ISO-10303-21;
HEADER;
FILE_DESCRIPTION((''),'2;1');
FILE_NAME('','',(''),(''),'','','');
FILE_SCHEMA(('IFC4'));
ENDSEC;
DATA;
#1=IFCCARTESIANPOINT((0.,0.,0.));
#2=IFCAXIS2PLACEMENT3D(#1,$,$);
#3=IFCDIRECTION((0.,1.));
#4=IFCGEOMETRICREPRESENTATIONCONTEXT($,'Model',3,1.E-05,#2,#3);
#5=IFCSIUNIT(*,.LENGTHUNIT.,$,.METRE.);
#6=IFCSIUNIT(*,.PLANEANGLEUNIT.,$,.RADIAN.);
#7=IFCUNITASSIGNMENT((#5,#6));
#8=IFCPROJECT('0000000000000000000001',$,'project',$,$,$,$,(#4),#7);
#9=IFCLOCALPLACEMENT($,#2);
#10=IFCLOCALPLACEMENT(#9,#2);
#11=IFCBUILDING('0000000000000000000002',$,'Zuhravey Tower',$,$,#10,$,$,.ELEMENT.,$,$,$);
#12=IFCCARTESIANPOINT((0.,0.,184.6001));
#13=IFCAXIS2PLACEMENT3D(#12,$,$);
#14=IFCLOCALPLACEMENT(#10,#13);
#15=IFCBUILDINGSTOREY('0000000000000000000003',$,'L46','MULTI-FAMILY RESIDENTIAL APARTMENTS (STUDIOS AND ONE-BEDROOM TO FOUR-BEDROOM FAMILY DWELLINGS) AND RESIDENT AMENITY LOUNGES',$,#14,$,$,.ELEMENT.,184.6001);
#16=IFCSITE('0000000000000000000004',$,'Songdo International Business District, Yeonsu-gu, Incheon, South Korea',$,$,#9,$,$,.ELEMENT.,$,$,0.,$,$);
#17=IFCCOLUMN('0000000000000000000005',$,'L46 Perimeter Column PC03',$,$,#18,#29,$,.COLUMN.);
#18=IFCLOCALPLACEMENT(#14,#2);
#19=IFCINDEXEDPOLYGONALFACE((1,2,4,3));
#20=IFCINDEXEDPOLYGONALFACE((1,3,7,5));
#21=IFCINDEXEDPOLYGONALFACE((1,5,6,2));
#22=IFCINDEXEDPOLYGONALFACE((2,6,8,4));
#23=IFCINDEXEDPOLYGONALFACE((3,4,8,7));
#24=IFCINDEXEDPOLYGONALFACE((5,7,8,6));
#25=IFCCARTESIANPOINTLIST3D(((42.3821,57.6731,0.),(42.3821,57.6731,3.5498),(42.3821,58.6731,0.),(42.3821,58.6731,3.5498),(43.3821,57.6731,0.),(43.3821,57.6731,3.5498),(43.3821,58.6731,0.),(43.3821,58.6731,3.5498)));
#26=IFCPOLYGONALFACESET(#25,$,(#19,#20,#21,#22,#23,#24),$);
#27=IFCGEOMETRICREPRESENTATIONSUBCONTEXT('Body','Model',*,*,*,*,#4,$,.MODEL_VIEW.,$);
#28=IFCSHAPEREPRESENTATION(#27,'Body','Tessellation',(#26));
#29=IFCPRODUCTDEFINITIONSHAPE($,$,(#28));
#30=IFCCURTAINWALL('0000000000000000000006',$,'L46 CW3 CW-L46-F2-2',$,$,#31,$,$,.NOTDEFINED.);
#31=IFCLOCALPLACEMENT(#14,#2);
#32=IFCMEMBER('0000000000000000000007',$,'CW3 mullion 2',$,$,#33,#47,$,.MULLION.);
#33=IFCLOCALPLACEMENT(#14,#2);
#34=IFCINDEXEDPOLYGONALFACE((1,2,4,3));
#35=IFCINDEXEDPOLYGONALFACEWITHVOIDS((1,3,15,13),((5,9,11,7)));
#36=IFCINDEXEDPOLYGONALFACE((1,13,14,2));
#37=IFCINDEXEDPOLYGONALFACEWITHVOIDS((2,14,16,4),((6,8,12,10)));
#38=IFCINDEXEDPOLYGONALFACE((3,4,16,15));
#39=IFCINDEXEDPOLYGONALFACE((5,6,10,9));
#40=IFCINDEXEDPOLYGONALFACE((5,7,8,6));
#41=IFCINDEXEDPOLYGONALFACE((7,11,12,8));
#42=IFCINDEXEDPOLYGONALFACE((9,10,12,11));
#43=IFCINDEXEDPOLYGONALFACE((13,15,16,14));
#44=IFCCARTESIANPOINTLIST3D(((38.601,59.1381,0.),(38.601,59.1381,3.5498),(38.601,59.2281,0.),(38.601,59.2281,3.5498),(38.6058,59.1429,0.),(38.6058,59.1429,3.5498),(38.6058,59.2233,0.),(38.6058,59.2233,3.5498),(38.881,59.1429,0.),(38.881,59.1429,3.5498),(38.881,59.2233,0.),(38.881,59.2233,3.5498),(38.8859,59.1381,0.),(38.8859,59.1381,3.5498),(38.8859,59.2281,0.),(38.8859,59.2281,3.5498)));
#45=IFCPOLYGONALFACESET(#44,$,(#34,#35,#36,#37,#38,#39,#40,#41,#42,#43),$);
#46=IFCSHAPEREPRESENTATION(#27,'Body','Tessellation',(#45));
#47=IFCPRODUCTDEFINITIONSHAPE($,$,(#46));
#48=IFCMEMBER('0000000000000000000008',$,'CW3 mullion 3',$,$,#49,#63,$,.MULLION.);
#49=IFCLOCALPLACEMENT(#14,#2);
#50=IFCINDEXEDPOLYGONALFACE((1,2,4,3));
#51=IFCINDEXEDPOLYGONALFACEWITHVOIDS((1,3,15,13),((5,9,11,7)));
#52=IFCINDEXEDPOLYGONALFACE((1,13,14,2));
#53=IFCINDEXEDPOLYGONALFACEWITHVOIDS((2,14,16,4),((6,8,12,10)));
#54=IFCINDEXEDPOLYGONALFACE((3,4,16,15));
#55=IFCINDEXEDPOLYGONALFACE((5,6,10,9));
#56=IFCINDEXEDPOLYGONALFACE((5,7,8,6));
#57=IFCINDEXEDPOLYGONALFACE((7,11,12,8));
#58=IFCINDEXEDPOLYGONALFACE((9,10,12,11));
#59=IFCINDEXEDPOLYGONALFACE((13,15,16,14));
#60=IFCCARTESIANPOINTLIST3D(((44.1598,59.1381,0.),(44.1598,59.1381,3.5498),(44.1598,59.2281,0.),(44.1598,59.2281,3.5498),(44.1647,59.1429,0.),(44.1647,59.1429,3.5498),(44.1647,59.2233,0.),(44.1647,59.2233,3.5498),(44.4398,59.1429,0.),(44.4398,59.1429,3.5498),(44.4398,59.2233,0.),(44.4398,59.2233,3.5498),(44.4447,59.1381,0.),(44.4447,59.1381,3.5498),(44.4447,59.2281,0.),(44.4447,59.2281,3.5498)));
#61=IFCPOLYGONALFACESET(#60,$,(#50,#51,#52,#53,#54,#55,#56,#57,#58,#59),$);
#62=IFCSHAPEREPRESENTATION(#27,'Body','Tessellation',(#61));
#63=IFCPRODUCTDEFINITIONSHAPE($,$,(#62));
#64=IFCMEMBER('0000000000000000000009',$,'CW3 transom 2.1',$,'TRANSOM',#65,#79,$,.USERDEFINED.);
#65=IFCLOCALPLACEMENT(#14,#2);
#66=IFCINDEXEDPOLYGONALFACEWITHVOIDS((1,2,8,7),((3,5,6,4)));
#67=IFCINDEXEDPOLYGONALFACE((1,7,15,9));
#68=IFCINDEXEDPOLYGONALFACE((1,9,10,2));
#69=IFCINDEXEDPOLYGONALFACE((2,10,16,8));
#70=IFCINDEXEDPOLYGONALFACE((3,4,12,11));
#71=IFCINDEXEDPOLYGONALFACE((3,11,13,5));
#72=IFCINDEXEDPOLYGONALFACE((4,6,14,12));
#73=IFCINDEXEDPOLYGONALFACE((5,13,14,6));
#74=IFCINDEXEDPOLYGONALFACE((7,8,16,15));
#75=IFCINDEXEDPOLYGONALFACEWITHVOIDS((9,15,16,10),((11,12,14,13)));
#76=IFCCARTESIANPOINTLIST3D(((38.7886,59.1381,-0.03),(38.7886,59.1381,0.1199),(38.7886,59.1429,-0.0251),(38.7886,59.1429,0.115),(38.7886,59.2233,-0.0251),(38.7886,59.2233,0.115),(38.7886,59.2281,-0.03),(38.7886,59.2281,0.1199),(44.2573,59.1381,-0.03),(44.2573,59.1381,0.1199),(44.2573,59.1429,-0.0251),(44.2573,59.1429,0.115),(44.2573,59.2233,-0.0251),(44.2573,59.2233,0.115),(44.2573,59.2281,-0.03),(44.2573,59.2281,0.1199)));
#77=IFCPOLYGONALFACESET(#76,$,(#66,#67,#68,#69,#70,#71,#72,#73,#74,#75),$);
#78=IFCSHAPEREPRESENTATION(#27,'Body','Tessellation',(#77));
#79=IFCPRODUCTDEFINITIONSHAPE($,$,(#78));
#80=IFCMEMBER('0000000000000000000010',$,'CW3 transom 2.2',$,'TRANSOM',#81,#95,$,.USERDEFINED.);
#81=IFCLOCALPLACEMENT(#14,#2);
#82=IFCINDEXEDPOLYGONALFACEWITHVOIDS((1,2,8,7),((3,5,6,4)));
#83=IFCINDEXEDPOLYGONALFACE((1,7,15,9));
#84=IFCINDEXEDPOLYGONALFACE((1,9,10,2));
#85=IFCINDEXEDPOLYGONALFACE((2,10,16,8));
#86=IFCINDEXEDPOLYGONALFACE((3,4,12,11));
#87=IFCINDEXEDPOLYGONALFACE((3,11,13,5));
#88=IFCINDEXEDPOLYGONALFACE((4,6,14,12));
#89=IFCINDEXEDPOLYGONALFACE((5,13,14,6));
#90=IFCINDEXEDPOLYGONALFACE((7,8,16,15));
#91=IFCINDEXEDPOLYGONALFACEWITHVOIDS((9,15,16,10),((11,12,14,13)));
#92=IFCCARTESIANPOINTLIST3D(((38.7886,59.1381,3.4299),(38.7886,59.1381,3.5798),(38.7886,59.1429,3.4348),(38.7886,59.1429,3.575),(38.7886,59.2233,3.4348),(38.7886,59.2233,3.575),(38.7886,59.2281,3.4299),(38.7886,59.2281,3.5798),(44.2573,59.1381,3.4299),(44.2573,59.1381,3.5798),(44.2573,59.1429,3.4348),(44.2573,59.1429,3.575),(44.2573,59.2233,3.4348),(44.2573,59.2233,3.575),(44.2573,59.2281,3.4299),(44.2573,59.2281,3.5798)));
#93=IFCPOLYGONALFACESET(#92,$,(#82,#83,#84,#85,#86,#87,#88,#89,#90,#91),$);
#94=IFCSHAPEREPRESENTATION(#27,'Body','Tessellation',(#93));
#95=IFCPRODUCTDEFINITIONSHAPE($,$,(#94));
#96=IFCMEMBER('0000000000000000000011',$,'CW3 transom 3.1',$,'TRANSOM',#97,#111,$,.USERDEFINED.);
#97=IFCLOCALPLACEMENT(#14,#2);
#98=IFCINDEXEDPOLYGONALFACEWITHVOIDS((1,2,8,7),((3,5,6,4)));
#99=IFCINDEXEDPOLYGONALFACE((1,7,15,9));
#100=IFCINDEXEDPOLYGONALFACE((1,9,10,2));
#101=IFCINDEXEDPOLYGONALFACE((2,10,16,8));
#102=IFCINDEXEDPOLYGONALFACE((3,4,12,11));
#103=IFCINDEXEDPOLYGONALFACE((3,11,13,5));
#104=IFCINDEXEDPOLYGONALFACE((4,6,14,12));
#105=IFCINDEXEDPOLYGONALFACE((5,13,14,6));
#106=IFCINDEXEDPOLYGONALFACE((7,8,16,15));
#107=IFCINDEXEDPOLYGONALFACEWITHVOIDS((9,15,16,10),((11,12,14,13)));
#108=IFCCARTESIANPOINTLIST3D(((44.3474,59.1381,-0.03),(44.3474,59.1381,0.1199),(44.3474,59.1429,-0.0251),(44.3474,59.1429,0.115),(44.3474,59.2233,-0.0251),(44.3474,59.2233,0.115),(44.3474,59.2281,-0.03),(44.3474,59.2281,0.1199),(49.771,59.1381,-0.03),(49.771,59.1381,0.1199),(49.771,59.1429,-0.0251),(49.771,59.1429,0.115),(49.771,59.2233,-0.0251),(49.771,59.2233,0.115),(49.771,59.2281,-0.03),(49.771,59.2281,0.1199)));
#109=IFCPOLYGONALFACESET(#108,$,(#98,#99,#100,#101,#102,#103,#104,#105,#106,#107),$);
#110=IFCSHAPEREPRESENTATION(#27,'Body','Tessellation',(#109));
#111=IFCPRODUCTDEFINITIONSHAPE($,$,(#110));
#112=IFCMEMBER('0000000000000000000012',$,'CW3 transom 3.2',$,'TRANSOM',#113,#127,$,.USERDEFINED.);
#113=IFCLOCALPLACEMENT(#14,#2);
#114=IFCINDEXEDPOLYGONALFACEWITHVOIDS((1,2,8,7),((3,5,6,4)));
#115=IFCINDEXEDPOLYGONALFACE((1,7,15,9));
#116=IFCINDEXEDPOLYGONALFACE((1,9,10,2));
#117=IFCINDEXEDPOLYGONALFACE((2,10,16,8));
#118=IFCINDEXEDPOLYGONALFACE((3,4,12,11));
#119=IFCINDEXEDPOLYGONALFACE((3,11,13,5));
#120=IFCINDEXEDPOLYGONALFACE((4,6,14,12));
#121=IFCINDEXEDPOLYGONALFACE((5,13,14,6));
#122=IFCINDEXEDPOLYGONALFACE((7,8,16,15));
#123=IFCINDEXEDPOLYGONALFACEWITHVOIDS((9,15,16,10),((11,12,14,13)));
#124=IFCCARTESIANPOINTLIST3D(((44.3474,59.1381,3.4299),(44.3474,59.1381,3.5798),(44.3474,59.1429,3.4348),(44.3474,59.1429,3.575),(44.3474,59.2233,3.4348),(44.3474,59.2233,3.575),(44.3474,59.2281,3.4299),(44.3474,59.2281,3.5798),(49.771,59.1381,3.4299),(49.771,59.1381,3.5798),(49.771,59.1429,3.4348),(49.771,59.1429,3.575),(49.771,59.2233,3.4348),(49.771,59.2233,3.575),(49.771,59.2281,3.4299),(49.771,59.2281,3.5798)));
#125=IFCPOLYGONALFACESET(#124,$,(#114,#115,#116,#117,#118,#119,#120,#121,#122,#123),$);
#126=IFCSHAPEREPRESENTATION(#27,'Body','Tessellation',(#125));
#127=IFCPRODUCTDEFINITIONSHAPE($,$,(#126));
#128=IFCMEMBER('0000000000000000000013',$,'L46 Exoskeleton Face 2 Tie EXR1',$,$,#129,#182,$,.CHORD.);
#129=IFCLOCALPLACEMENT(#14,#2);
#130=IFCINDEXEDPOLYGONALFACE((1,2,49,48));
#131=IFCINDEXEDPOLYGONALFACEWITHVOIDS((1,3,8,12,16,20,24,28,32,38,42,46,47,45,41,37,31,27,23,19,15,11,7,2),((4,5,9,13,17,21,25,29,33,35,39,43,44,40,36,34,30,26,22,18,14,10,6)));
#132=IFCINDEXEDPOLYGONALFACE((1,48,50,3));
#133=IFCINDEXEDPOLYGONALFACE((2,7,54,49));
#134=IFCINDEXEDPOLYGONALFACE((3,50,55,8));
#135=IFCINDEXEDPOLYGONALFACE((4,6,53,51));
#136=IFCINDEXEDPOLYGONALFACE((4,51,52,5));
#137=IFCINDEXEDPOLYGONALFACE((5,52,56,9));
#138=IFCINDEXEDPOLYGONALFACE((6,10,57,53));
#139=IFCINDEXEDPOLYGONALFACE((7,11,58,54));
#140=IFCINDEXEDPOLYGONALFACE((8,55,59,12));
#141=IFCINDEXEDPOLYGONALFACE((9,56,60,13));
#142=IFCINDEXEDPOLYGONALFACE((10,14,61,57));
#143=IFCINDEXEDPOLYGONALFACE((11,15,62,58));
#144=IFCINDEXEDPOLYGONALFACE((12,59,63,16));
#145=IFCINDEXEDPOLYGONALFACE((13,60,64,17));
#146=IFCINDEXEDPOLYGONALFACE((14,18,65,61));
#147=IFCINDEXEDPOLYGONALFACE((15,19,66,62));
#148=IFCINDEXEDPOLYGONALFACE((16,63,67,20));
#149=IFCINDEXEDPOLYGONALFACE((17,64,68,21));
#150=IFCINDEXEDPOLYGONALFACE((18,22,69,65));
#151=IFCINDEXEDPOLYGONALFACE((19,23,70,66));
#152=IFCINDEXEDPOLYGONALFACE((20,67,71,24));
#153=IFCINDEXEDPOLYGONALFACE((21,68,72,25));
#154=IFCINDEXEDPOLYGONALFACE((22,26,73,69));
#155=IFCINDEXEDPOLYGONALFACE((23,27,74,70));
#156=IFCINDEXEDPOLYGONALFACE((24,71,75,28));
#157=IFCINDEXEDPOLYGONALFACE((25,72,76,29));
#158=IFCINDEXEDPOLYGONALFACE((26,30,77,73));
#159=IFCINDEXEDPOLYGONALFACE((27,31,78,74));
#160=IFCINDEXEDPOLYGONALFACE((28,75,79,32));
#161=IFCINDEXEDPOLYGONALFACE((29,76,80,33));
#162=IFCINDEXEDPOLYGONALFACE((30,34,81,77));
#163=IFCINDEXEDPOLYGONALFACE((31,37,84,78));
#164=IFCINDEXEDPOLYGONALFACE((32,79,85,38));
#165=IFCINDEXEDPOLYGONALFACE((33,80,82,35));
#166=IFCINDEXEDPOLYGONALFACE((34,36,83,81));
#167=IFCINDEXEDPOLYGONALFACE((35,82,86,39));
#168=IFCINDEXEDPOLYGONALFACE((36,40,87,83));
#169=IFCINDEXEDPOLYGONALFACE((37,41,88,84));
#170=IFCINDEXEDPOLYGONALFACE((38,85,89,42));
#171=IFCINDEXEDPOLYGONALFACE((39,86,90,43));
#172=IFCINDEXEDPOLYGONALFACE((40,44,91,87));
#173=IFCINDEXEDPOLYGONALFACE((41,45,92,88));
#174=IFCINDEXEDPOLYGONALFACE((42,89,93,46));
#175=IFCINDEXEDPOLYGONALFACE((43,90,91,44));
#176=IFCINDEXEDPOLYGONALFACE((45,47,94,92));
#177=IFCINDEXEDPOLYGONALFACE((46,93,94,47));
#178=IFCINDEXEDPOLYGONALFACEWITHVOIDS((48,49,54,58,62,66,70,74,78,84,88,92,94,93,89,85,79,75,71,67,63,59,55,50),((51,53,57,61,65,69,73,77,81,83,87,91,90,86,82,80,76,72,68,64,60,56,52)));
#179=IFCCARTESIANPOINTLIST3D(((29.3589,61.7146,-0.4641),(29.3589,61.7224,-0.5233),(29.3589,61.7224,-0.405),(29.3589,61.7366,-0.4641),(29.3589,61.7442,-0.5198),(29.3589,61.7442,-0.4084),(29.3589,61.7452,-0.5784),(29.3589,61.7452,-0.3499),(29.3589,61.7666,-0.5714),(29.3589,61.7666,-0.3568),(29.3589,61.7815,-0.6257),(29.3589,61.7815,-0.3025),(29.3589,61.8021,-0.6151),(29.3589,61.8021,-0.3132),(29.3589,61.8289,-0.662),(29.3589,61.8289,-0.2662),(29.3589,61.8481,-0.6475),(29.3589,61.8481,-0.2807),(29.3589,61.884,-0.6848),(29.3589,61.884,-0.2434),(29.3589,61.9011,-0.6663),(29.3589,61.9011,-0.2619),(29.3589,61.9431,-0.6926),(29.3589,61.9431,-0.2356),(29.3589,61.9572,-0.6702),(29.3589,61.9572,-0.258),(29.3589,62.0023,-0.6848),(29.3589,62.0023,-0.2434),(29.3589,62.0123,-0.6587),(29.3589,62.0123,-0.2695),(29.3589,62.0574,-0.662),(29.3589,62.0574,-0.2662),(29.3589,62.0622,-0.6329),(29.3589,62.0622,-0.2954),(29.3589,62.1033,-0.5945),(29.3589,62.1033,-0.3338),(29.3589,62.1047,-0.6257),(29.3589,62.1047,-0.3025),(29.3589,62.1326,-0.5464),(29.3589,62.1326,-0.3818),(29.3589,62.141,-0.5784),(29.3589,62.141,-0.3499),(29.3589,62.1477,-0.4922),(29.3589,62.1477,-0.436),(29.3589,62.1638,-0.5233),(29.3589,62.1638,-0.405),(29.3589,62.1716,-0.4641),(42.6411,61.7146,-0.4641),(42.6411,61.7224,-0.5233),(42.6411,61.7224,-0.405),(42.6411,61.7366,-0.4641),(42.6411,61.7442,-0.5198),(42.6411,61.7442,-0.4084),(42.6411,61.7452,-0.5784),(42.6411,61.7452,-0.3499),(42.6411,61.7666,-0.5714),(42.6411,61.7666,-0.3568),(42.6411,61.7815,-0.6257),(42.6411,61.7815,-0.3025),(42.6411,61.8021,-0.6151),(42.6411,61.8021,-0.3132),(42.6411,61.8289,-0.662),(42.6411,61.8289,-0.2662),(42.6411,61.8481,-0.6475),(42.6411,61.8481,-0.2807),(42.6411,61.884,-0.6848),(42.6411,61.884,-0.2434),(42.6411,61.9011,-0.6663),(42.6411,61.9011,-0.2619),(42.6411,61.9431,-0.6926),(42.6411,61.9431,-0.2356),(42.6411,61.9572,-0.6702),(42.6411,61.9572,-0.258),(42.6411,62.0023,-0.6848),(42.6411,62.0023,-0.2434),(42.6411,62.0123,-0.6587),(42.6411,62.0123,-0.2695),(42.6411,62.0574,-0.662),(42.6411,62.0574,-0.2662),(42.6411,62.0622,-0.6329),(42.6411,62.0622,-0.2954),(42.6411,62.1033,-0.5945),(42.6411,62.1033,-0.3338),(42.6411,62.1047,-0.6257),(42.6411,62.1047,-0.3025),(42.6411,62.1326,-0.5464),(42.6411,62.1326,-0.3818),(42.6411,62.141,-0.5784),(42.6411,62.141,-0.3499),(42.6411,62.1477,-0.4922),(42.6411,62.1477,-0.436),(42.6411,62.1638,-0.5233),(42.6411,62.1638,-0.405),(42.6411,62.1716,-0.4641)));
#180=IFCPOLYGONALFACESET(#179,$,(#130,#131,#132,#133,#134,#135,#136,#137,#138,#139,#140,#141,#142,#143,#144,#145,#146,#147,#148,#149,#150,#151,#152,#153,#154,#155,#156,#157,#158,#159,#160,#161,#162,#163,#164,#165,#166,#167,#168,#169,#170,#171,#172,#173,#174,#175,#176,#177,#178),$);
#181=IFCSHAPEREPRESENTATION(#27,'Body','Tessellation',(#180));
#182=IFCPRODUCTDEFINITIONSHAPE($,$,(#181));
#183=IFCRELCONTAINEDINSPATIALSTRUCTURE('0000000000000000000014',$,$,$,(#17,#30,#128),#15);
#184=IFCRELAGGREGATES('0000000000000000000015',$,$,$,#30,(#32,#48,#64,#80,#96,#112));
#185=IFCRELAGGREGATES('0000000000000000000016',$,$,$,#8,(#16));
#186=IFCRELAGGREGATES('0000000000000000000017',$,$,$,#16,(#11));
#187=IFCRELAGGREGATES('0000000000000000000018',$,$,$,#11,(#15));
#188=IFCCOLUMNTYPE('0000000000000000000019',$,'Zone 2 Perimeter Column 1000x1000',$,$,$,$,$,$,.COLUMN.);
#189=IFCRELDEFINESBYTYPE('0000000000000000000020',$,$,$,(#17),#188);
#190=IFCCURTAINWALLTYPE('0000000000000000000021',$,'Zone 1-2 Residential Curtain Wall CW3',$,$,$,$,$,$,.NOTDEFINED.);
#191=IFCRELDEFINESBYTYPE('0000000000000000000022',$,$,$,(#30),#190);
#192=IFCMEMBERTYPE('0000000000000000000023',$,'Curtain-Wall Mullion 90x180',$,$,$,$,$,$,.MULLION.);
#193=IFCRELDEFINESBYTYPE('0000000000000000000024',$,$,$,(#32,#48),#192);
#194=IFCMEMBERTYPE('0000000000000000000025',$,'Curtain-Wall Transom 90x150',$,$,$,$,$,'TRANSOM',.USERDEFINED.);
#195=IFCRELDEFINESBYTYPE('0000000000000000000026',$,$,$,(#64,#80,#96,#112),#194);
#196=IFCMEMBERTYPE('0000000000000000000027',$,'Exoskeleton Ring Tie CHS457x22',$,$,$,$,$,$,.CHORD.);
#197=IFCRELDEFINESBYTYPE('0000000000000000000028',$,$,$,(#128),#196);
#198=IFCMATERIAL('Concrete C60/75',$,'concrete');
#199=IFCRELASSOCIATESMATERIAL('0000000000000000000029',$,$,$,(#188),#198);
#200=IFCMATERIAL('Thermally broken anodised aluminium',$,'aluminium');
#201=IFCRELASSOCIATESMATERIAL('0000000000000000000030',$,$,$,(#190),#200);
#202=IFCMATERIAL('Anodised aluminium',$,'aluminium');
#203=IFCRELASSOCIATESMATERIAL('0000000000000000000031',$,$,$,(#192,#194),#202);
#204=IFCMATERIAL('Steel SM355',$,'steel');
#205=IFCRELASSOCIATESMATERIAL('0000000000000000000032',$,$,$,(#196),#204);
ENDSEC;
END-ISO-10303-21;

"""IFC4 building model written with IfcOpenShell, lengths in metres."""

from ifc_helpers import new_model, si_unit, direction, frame, origin, origin_2d, place, context, subcontext, project, spatial, rectangle, hollow_rectangle, hollow_circle, extrude, material, material_profile, profile_set, type_object, element, aggregate, save


model = new_model("IFC4")

# Units and contexts
model_context = context("Model", 3, precision=1e-05, world=origin(), true_north=direction((0.0, 1.0)))
body_context = subcontext(model_context, "Body", "Model", "MODEL_VIEW")
ifc_project = project(units=[si_unit("LENGTHUNIT", "METRE"), si_unit("PLANEANGLEUNIT", "RADIAN")], contexts=[model_context])

# Site, building, storey
site_placement = place(None, origin())
site = spatial("IfcSite", under=ifc_project, at=site_placement, Name="Songdo International Business District, Yeonsu-gu, Incheon, South Korea", CompositionType="ELEMENT", RefElevation=0.0)
building_placement = place(site_placement, origin())
building = spatial("IfcBuilding", under=site, at=building_placement, Name="Zuhravey Tower", CompositionType="ELEMENT")
storey_placement = place(building_placement, frame((0.0, 0.0, 184.6001)))
storey = spatial("IfcBuildingStorey", under=building, at=storey_placement, Name="L46", Description="MULTI-FAMILY RESIDENTIAL APARTMENTS (STUDIOS AND ONE-BEDROOM TO FOUR-BEDROOM FAMILY DWELLINGS) AND RESIDENT AMENITY LOUNGES", CompositionType="ELEMENT", Elevation=184.6001)

# Column
ifc_material_1 = material(Name="Concrete C60/75", Category="concrete")
ifc_material_profile_1 = material_profile(ifc_material_1, rectangle(XDim=1.0, YDim=1.0, at=origin_2d()), Name="RC-1000x1000")
ifc_profile_set_1 = profile_set([ifc_material_profile_1], Name="Concrete C60/75")
column_type = type_object("IfcColumnType", Name="Zone 2 Perimeter Column 1000x1000", PredefinedType="COLUMN", material=ifc_profile_set_1)
column_placement = place(storey_placement, frame((42.8821, 58.1731, 0.0), z_axis=(0.0, 0.0, 1.0), x_axis=(-1.0, 0.0, 0.0)))
element("IfcColumn", 1, at=column_placement, inside=storey, type_object=column_type, Name="L46 Perimeter Column PC03", PredefinedType="COLUMN", context=body_context, shape_type="SweptSolid", body=[
    extrude(rectangle(XDim=1.0, YDim=1.0, at=origin_2d()), origin(), (0.0, 0.0, 1.0), 3.5498),
])

# Curtain wall, members
ifc_material_2 = material(Name="Thermally broken anodised aluminium", Category="aluminium")
curtain_wall_type = type_object("IfcCurtainWallType", Name="Zone 1-2 Residential Curtain Wall CW3", PredefinedType="NOTDEFINED", material=ifc_material_2)
curtain_wall_placement = place(storey_placement, origin())
curtain_wall = element("IfcCurtainWall", 2, at=curtain_wall_placement, inside=storey, type_object=curtain_wall_type, Name="L46 CW3 CW-L46-F2-2", PredefinedType="NOTDEFINED")
ifc_material_3 = material(Name="Anodised aluminium", Category="aluminium")
ifc_material_profile_2 = material_profile(ifc_material_3, hollow_rectangle(XDim=0.0901, YDim=0.2849, WallThickness=0.0049, at=origin_2d()), Name="ALU-RHS-90x285x5")
ifc_profile_set_2 = profile_set([ifc_material_profile_2], Name="Anodised aluminium")
member_type_1 = type_object("IfcMemberType", Name="Curtain-Wall Mullion 90x180", PredefinedType="MULLION", material=ifc_profile_set_2)
member_1_placement = place(storey_placement, frame((38.7434, 59.1831, 0.0), z_axis=(0.0, 0.0, 1.0), x_axis=(0.0, 1.0, 0.0)))
member_1 = element("IfcMember", 3, at=member_1_placement, type_object=member_type_1, Name="CW3 mullion 2", PredefinedType="MULLION", context=body_context, shape_type="SweptSolid", body=[
    extrude(hollow_rectangle(XDim=0.0901, YDim=0.2849, WallThickness=0.0049, at=origin_2d()), origin(), (0.0, 0.0, 1.0), 3.5498),
])
member_2_placement = place(storey_placement, frame((44.3022, 59.1831, 0.0), z_axis=(0.0, 0.0, 1.0), x_axis=(0.0, 1.0, 0.0)))
member_2 = element("IfcMember", 4, at=member_2_placement, type_object=member_type_1, Name="CW3 mullion 3", PredefinedType="MULLION", context=body_context, shape_type="SweptSolid", body=[
    extrude(hollow_rectangle(XDim=0.0901, YDim=0.2849, WallThickness=0.0049, at=origin_2d()), origin(), (0.0, 0.0, 1.0), 3.5498),
])
ifc_material_profile_3 = material_profile(ifc_material_3, hollow_rectangle(XDim=0.0901, YDim=0.1499, WallThickness=0.0049, at=origin_2d()), Name="ALU-RHS-90x150x5")
ifc_profile_set_3 = profile_set([ifc_material_profile_3], Name="Anodised aluminium")
member_type_2 = type_object("IfcMemberType", Name="Curtain-Wall Transom 90x150", ElementType="TRANSOM", PredefinedType="USERDEFINED", material=ifc_profile_set_3)
member_3_placement = place(storey_placement, frame((38.7886, 59.1831, 0.0449), z_axis=(1.0, 0.0, 0.0), x_axis=(0.0, 1.0, 0.0)))
member_3 = element("IfcMember", 5, at=member_3_placement, type_object=member_type_2, Name="CW3 transom 2.1", ObjectType="TRANSOM", PredefinedType="USERDEFINED", context=body_context, shape_type="SweptSolid", body=[
    extrude(hollow_rectangle(XDim=0.0901, YDim=0.1499, WallThickness=0.0049, at=origin_2d()), origin(), (0.0, 0.0, 1.0), 5.4688),
])
member_4_placement = place(storey_placement, frame((38.7886, 59.1831, 3.5049), z_axis=(1.0, 0.0, 0.0), x_axis=(0.0, 1.0, 0.0)))
member_4 = element("IfcMember", 6, at=member_4_placement, type_object=member_type_2, Name="CW3 transom 2.2", ObjectType="TRANSOM", PredefinedType="USERDEFINED", context=body_context, shape_type="SweptSolid", body=[
    extrude(hollow_rectangle(XDim=0.0901, YDim=0.1499, WallThickness=0.0049, at=origin_2d()), origin(), (0.0, 0.0, 1.0), 5.4688),
])
member_5_placement = place(storey_placement, frame((44.3474, 59.1831, 0.0449), z_axis=(1.0, 0.0, 0.0), x_axis=(0.0, 1.0, 0.0)))
member_5 = element("IfcMember", 7, at=member_5_placement, type_object=member_type_2, Name="CW3 transom 3.1", ObjectType="TRANSOM", PredefinedType="USERDEFINED", context=body_context, shape_type="SweptSolid", body=[
    extrude(hollow_rectangle(XDim=0.0901, YDim=0.1499, WallThickness=0.0049, at=origin_2d()), origin(), (0.0, 0.0, 1.0), 5.4236),
])
member_6_placement = place(storey_placement, frame((44.3474, 59.1831, 3.5049), z_axis=(1.0, 0.0, 0.0), x_axis=(0.0, 1.0, 0.0)))
member_6 = element("IfcMember", 8, at=member_6_placement, type_object=member_type_2, Name="CW3 transom 3.2", ObjectType="TRANSOM", PredefinedType="USERDEFINED", context=body_context, shape_type="SweptSolid", body=[
    extrude(hollow_rectangle(XDim=0.0901, YDim=0.1499, WallThickness=0.0049, at=origin_2d()), origin(), (0.0, 0.0, 1.0), 5.4236),
])

# Member
ifc_material_4 = material(Name="Steel SM355", Category="steel")
ifc_material_profile_4 = material_profile(ifc_material_4, hollow_circle(Radius=0.2285, WallThickness=0.022, at=origin_2d()), Name="CHS-457.2x22")
ifc_profile_set_4 = profile_set([ifc_material_profile_4], Name="Steel SM355")
member_type_3 = type_object("IfcMemberType", Name="Exoskeleton Ring Tie CHS457x22", PredefinedType="CHORD", material=ifc_profile_set_4)
member_7_placement = place(storey_placement, frame((42.6411, 61.9431, -0.4641), z_axis=(-1.0, 0.0, 0.0), x_axis=(0.0, -1.0, 0.0)))
element("IfcMember", 9, at=member_7_placement, inside=storey, type_object=member_type_3, Name="L46 Exoskeleton Face 2 Tie EXR1", PredefinedType="CHORD", context=body_context, shape_type="SweptSolid", body=[
    extrude(hollow_circle(Radius=0.2285, WallThickness=0.022, at=origin_2d()), origin(), (0.0, 0.0, 1.0), 13.2822),
])

aggregate(curtain_wall, [member_1, member_2, member_3, member_4, member_5, member_6])

save(model, "model.ifc")
